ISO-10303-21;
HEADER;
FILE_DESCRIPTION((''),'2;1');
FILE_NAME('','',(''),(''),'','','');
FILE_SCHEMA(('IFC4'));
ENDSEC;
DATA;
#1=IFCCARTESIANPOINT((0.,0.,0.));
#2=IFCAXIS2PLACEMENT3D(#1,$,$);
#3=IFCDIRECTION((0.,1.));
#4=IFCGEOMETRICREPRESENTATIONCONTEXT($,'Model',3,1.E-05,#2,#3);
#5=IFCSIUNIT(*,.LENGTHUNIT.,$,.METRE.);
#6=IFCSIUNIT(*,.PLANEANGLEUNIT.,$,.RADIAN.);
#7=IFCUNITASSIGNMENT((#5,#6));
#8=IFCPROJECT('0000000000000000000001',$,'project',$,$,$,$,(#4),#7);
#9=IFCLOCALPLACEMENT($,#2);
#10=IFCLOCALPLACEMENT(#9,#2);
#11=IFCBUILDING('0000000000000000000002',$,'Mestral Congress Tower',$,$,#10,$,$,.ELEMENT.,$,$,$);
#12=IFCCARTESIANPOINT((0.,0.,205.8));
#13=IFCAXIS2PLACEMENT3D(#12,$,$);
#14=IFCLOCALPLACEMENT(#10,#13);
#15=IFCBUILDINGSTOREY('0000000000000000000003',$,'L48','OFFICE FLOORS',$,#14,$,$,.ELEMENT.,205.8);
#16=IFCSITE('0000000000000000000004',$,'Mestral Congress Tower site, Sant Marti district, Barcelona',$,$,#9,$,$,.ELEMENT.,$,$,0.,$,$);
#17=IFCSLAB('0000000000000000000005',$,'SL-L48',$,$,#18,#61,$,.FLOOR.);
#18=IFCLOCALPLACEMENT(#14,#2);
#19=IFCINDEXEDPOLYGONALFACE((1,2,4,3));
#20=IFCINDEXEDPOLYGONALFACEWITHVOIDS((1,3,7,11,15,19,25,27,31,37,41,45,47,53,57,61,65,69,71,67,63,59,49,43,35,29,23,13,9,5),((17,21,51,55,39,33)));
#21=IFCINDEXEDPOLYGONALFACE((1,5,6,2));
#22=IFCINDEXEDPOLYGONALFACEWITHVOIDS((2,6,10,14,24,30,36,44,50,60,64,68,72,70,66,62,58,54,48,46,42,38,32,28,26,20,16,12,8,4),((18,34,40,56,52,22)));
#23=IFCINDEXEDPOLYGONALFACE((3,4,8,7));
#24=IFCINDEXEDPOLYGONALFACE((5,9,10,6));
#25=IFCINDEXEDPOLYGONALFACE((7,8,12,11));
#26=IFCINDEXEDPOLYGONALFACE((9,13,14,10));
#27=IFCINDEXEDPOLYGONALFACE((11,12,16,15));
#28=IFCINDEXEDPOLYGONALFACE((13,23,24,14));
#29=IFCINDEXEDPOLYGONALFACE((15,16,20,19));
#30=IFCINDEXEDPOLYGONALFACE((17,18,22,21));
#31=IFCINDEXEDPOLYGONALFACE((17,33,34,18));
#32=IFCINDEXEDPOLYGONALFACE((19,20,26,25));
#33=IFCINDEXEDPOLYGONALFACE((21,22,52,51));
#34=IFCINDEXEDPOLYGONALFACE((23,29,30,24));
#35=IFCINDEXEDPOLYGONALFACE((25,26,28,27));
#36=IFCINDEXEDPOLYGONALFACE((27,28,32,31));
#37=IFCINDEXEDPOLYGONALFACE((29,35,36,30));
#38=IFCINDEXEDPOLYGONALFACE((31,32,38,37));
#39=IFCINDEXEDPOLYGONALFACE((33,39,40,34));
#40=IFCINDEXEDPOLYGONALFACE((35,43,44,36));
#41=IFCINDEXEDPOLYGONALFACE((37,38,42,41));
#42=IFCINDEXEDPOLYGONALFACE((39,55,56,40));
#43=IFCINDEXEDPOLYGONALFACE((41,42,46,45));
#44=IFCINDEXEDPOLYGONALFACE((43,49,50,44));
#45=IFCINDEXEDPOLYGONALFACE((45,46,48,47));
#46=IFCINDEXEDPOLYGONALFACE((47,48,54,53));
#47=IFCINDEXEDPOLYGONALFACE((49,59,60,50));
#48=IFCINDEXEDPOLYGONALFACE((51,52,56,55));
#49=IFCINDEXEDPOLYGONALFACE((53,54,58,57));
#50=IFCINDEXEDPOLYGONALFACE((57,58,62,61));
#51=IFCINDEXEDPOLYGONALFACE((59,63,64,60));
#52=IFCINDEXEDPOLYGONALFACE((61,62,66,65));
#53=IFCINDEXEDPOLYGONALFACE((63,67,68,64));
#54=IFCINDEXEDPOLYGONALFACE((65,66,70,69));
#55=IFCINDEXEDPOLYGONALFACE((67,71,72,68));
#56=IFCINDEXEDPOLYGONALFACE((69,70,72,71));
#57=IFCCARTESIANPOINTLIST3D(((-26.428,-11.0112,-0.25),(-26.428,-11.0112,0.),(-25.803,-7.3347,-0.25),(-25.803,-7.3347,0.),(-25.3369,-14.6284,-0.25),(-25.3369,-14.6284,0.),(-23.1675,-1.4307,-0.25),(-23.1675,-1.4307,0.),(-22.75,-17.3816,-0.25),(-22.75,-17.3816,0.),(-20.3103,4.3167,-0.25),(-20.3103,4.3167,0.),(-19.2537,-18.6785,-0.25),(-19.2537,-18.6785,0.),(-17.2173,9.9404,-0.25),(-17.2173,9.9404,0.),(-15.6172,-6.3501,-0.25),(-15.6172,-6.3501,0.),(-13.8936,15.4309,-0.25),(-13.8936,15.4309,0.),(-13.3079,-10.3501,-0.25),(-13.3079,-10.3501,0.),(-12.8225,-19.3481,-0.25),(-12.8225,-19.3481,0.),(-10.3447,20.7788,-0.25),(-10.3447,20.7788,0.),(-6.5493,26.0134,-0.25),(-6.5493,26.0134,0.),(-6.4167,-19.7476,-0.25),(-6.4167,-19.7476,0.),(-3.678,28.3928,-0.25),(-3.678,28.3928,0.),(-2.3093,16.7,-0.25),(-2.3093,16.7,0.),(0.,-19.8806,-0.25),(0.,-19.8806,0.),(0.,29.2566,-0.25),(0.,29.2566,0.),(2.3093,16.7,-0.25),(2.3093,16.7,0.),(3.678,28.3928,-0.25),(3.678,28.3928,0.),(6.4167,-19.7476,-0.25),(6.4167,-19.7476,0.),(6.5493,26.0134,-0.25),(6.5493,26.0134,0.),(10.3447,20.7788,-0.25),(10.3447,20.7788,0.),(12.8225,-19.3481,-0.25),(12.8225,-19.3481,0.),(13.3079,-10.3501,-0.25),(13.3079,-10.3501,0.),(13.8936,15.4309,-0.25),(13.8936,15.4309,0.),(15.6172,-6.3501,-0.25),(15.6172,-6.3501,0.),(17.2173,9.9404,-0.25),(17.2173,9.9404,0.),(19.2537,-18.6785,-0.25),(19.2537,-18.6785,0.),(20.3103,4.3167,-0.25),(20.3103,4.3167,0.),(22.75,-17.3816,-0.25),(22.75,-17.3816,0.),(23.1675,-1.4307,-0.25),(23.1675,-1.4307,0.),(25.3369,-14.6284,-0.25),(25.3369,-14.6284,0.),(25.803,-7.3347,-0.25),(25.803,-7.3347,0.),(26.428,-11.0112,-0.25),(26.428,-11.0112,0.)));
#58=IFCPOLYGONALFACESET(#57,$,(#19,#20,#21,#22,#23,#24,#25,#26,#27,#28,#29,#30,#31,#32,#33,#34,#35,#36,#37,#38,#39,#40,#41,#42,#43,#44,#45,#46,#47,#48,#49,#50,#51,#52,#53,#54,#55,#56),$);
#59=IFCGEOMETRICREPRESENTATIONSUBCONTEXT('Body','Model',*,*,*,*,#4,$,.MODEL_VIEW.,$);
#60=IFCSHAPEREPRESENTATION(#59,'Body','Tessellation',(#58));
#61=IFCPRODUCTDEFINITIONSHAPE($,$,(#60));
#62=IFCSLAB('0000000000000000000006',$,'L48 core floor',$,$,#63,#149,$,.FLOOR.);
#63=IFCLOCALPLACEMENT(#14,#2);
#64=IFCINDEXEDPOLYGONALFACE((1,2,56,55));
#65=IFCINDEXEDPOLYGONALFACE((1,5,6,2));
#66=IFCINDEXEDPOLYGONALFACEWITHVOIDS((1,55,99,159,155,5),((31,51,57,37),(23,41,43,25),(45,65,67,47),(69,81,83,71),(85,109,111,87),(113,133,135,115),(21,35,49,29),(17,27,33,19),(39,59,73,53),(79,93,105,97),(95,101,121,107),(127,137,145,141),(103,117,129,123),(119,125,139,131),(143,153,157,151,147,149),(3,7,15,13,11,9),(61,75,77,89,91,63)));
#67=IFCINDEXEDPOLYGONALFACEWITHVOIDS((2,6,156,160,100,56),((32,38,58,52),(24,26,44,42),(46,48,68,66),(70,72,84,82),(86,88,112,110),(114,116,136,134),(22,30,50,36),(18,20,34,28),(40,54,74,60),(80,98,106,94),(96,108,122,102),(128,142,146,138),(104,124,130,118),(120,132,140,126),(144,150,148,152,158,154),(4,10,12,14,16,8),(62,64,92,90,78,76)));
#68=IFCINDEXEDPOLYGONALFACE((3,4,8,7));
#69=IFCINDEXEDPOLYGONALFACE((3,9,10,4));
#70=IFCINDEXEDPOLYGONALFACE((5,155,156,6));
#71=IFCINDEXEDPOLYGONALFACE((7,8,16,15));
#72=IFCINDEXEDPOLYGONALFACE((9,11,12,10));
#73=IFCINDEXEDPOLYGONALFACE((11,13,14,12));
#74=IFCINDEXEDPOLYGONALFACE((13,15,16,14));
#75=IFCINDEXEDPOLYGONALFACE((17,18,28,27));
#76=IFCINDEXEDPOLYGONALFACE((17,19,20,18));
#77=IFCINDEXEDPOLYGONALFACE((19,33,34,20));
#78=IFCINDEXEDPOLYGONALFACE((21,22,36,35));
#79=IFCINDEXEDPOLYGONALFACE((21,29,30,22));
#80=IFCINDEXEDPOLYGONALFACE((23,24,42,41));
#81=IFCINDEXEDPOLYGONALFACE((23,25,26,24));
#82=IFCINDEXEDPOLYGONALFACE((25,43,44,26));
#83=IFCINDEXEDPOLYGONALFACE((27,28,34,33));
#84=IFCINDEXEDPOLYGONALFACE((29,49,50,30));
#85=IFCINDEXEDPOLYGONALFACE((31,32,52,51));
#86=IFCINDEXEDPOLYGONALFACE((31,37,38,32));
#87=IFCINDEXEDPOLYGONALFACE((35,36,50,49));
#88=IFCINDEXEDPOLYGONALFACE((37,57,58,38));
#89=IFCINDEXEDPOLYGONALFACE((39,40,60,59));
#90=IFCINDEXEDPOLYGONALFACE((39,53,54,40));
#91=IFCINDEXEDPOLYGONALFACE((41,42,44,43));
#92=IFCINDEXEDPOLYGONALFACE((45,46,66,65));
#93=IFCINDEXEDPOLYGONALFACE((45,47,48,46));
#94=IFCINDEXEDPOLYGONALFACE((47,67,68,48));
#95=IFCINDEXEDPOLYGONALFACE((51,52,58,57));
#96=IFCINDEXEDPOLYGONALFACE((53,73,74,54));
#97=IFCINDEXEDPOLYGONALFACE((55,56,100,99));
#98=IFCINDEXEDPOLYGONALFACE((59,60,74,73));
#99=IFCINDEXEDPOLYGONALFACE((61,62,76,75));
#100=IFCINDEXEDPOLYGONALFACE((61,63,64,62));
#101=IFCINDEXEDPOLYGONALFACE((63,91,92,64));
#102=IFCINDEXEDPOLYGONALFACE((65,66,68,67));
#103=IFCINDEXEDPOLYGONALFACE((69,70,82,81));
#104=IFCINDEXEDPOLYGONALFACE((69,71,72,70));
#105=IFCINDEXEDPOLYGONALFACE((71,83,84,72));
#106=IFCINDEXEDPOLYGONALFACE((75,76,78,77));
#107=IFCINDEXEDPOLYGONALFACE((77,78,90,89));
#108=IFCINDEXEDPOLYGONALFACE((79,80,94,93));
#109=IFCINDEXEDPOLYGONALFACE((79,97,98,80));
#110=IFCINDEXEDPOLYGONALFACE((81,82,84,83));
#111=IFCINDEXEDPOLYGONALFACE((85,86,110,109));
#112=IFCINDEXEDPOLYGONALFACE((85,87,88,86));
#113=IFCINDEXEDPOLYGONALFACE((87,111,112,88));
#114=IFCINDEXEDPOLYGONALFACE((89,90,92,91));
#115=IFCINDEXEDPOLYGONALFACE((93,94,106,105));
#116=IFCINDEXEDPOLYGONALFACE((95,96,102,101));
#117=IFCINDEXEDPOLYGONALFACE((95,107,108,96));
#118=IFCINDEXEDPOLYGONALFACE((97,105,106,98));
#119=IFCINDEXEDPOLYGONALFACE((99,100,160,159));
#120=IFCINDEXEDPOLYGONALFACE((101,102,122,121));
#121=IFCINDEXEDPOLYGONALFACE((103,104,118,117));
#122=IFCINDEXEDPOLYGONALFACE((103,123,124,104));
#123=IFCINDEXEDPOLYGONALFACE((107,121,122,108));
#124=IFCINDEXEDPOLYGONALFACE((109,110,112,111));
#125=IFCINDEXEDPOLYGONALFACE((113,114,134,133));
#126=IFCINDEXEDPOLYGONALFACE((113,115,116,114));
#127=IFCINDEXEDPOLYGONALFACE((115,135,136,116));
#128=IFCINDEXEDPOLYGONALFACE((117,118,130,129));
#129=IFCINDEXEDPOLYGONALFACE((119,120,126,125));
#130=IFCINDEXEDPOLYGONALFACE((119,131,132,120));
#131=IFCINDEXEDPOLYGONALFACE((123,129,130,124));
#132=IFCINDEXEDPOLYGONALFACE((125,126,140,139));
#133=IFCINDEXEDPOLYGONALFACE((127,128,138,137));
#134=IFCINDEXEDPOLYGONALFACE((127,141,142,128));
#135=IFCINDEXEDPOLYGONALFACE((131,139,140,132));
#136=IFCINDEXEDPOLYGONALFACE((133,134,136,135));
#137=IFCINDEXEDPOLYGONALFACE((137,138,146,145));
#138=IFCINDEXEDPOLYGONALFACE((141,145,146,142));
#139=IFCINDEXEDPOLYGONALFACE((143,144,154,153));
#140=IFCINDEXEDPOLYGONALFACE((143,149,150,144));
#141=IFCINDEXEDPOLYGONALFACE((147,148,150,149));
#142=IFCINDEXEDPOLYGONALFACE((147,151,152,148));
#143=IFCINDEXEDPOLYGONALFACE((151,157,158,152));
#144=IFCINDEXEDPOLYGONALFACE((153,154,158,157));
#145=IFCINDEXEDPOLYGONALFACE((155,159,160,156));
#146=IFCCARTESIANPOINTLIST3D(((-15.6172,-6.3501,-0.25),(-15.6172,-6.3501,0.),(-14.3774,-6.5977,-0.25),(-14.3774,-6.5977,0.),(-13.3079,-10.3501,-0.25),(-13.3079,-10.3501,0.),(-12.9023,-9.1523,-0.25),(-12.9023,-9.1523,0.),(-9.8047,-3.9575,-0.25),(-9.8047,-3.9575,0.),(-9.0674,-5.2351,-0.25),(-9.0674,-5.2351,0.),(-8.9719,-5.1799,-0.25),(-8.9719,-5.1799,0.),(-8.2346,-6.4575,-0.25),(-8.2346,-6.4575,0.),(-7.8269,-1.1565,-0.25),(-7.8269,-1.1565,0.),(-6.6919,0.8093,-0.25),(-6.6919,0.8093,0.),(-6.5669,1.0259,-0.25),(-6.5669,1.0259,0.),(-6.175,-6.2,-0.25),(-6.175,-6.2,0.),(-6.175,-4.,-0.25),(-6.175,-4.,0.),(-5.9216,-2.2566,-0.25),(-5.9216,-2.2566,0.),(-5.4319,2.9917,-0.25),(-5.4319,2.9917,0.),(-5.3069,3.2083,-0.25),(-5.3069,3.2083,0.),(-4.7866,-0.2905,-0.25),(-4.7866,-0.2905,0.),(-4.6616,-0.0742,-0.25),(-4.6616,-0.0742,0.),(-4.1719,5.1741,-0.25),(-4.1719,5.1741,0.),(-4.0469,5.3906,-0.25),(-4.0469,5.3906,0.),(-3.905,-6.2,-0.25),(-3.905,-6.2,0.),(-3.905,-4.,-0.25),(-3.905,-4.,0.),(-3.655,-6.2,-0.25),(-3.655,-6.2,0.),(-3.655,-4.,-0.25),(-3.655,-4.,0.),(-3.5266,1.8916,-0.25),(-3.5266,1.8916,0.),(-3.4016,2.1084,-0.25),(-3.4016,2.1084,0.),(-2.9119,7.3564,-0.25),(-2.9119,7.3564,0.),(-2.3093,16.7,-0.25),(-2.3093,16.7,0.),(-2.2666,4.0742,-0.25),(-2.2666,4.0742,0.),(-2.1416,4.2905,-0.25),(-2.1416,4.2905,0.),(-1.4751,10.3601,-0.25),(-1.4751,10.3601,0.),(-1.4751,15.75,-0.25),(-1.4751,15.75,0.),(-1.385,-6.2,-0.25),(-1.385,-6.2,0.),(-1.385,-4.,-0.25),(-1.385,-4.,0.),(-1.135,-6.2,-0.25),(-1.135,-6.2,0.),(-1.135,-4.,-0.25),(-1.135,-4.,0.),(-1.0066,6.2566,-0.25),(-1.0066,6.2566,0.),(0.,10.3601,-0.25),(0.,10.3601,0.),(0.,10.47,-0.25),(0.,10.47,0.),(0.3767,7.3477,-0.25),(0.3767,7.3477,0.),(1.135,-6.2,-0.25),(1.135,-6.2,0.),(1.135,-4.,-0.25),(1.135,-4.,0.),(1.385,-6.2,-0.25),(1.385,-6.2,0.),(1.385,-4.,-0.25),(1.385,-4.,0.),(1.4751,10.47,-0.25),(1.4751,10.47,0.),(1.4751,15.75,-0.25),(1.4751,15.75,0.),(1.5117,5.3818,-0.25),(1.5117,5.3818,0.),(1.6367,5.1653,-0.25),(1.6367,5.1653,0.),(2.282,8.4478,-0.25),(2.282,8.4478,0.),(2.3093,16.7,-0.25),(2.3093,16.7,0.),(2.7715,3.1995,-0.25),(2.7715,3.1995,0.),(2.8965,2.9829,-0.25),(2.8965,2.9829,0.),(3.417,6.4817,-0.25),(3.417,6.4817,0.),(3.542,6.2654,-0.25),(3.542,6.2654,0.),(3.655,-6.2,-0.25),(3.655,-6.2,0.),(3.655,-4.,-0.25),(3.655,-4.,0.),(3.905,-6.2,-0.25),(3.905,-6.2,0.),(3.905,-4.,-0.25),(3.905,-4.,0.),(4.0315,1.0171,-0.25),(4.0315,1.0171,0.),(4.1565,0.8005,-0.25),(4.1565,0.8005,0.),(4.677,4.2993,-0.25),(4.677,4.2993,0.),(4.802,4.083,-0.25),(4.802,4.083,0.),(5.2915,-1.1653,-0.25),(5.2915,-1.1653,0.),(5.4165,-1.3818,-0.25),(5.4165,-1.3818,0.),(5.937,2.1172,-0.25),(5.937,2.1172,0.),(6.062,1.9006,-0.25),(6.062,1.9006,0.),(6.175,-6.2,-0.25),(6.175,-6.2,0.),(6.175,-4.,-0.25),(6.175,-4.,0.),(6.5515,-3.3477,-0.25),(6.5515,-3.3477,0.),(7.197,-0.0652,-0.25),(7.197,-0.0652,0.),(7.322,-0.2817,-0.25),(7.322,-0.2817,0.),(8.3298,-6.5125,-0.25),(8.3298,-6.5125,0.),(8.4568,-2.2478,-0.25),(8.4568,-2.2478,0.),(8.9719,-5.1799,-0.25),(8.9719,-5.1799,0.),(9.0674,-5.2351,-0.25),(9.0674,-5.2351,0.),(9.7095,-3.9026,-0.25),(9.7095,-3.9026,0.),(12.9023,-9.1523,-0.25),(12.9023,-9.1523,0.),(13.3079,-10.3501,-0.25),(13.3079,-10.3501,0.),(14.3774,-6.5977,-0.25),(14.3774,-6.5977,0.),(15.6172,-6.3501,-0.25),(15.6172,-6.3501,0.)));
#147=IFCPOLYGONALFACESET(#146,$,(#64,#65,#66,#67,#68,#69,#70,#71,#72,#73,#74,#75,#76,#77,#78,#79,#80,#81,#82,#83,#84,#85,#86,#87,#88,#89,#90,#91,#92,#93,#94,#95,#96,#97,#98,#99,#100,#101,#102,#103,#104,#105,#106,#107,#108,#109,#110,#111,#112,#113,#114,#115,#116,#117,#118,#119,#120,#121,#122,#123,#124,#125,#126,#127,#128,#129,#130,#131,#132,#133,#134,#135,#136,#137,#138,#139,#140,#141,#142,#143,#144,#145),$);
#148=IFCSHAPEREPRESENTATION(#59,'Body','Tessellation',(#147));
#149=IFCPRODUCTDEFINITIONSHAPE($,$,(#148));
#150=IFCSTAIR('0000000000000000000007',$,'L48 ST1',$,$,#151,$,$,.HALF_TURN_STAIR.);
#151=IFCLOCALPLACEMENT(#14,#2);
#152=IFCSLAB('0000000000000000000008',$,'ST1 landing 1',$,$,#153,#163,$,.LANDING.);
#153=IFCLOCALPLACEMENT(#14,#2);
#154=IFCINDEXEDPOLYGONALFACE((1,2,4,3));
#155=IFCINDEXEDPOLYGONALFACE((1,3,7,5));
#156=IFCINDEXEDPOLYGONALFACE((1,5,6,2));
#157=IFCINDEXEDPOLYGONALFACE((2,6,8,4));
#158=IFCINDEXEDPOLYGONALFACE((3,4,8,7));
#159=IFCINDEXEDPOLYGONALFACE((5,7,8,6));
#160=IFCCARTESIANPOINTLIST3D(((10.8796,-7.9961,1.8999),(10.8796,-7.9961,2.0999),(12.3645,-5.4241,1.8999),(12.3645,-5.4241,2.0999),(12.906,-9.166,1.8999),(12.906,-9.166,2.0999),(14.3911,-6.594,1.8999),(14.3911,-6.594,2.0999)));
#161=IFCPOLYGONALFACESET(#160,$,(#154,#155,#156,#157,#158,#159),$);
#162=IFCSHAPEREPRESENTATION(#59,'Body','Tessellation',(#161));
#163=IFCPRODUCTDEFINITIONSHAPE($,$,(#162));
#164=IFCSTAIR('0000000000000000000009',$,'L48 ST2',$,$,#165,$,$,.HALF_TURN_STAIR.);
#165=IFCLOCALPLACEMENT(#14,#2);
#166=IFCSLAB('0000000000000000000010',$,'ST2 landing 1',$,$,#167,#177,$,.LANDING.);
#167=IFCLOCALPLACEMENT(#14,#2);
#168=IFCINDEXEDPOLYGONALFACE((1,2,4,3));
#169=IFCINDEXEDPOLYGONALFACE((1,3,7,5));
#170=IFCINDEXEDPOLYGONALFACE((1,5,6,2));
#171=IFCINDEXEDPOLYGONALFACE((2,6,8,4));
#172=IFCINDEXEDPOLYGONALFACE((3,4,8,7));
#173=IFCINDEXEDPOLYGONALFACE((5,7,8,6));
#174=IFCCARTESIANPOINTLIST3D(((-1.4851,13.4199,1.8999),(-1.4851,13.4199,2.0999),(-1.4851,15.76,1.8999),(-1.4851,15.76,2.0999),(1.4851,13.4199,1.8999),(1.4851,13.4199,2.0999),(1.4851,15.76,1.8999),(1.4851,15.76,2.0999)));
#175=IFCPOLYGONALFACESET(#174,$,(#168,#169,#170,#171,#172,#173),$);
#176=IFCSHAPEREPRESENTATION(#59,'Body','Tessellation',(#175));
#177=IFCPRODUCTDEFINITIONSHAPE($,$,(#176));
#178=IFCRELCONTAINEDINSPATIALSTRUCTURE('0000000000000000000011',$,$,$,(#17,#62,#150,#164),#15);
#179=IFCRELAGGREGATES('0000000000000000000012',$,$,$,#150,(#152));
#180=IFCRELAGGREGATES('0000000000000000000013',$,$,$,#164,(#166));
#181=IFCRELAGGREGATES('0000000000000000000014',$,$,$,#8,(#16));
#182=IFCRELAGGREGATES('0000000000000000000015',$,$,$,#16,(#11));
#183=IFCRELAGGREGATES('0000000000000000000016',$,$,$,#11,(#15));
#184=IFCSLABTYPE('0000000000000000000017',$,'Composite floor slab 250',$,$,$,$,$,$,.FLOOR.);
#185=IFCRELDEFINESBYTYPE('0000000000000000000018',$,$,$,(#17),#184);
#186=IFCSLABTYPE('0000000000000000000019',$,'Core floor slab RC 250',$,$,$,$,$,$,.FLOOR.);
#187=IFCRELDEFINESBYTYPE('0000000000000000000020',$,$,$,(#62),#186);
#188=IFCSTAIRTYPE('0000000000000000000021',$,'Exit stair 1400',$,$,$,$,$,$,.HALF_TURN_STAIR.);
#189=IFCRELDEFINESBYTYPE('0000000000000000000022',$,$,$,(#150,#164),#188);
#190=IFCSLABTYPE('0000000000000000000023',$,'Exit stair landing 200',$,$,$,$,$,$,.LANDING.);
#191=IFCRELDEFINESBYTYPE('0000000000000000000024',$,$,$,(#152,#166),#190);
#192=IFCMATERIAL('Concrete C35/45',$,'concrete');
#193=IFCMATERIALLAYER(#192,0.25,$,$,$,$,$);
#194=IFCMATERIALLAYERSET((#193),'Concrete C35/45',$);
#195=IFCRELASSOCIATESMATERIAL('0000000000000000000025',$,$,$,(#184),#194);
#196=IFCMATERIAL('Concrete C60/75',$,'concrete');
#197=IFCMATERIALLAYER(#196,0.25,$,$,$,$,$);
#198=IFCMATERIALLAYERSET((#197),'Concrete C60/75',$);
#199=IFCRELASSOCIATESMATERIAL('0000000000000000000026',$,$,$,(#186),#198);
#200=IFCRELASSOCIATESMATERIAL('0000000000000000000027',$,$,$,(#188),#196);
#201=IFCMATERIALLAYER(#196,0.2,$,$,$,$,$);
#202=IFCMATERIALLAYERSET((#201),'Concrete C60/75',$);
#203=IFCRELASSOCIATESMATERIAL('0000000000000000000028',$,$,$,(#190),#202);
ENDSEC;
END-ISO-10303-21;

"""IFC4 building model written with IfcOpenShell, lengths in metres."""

from ifc_helpers import new_model, si_unit, direction, frame, origin, place, context, subcontext, project, spatial, polyline, outline, extrude, material, layer, layer_set, type_object, element, aggregate, save


model = new_model("IFC4")

# Units and contexts
model_context = context("Model", 3, precision=1e-05, world=origin(), true_north=direction((0.0, 1.0)))
body_context = subcontext(model_context, "Body", "Model", "MODEL_VIEW")
ifc_project = project(units=[si_unit("LENGTHUNIT", "METRE"), si_unit("PLANEANGLEUNIT", "RADIAN")], contexts=[model_context])

# Site, building, storey
site_placement = place(None, origin())
site = spatial("IfcSite", under=ifc_project, at=site_placement, Name="Mestral Congress Tower site, Sant Marti district, Barcelona", CompositionType="ELEMENT", RefElevation=0.0)
building_placement = place(site_placement, origin())
building = spatial("IfcBuilding", under=site, at=building_placement, Name="Mestral Congress Tower", CompositionType="ELEMENT")
storey_placement = place(building_placement, frame((0.0, 0.0, 205.8)))
storey = spatial("IfcBuildingStorey", under=building, at=storey_placement, Name="L48", Description="OFFICE FLOORS", CompositionType="ELEMENT", Elevation=205.8)

# Slabs
ifc_material_1 = material(Name="Concrete C35/45", Category="concrete")
ifc_layer_1 = layer(ifc_material_1, 0.25)
ifc_layer_set_1 = layer_set([ifc_layer_1], Name="Concrete C35/45")
slab_type_1 = type_object("IfcSlabType", Name="Composite floor slab 250", PredefinedType="FLOOR", material=ifc_layer_set_1)
placement_1 = place(storey_placement, frame((0.0, 0.0, -0.25)))
element("IfcSlab", 1, at=placement_1, inside=storey, type_object=slab_type_1, Name="SL-L48", PredefinedType="FLOOR", context=body_context, shape_type="SweptSolid", body=[
    extrude(outline(polyline([(-19.2537, -18.6785), (-22.75, -17.3816), (-25.3369, -14.6284), (-26.428, -11.0112), (-25.803, -7.3347), (-23.1675, -1.4307), (-20.3103, 4.3167), (-17.2173, 9.9404), (-13.8936, 15.4309), (-10.3447, 20.7788), (-6.5493, 26.0134), (-3.678, 28.3928), (0.0, 29.2566), (3.678, 28.3928), (6.5493, 26.0134), (10.3447, 20.7788), (13.8936, 15.4309), (17.2173, 9.9404), (20.3103, 4.3167), (23.1675, -1.4307), (25.803, -7.3347), (26.428, -11.0112), (25.3369, -14.6284), (22.75, -17.3816), (19.2537, -18.6785), (12.8225, -19.3481), (6.4167, -19.7476), (0.0, -19.8806), (-6.4167, -19.7476), (-12.8225, -19.3481), (-19.2537, -18.6785)]), holes=[polyline([(-2.3093, 16.7), (-15.6172, -6.3501), (-13.3079, -10.3501), (13.3079, -10.3501), (15.6172, -6.3501), (2.3093, 16.7), (-2.3093, 16.7)])]), origin(), (0.0, 0.0, 1.0), 0.25),
])
ifc_material_2 = material(Name="Concrete C60/75", Category="concrete")
ifc_layer_2 = layer(ifc_material_2, 0.25)
ifc_layer_set_2 = layer_set([ifc_layer_2], Name="Concrete C60/75")
slab_type_2 = type_object("IfcSlabType", Name="Core floor slab RC 250", PredefinedType="FLOOR", material=ifc_layer_set_2)
element("IfcSlab", 2, at=placement_1, inside=storey, type_object=slab_type_2, Name="L48 core floor", PredefinedType="FLOOR", context=body_context, shape_type="SweptSolid", body=[
    extrude(outline(polyline([(13.3079, -10.3501), (-13.3079, -10.3501), (-15.6172, -6.3501), (-2.3093, 16.7), (2.3093, 16.7), (15.6172, -6.3501), (13.3079, -10.3501)]), holes=[polyline([(-9.8047, -3.9575), (-14.3774, -6.5977), (-12.9023, -9.1523), (-8.2346, -6.4575), (-8.9719, -5.1799), (-9.0674, -5.2351), (-9.8047, -3.9575)]), polyline([(-3.905, -4.0), (-6.175, -4.0), (-6.175, -6.2), (-3.905, -6.2), (-3.905, -4.0)]), polyline([(-1.385, -4.0), (-3.655, -4.0), (-3.655, -6.2), (-1.385, -6.2), (-1.385, -4.0)]), polyline([(1.135, -4.0), (-1.135, -4.0), (-1.135, -6.2), (1.135, -6.2), (1.135, -4.0)]), polyline([(-5.9216, -2.2566), (-4.7866, -0.2905), (-6.6919, 0.8093), (-7.8269, -1.1565), (-5.9216, -2.2566)]), polyline([(-4.6616, -0.0742), (-3.5266, 1.8916), (-5.4319, 2.9917), (-6.5669, 1.0259), (-4.6616, -0.0742)]), polyline([(-3.4016, 2.1084), (-2.2666, 4.0742), (-4.1719, 5.1741), (-5.3069, 3.2083), (-3.4016, 2.1084)]), polyline([(-2.1416, 4.2905), (-1.0066, 6.2566), (-2.9119, 7.3564), (-4.0469, 5.3906), (-2.1416, 4.2905)]), polyline([(1.4751, 10.47), (1.4751, 15.75), (-1.4751, 15.75), (-1.4751, 10.3601), (0.0, 10.3601), (0.0, 10.47), (1.4751, 10.47)]), polyline([(8.3298, -6.5125), (12.9023, -9.1523), (14.3774, -6.5977), (9.7095, -3.9026), (8.9719, -5.1799), (9.0674, -5.2351), (8.3298, -6.5125)]), polyline([(3.655, -4.0), (1.385, -4.0), (1.385, -6.2), (3.655, -6.2), (3.655, -4.0)]), polyline([(6.175, -4.0), (3.905, -4.0), (3.905, -6.2), (6.175, -6.2), (6.175, -4.0)]), polyline([(5.4165, -1.3818), (6.5515, -3.3477), (8.4568, -2.2478), (7.322, -0.2817), (5.4165, -1.3818)]), polyline([(4.1565, 0.8005), (5.2915, -1.1653), (7.197, -0.0652), (6.062, 1.9006), (4.1565, 0.8005)]), polyline([(2.8965, 2.9829), (4.0315, 1.0171), (5.937, 2.1172), (4.802, 4.083), (2.8965, 2.9829)]), polyline([(3.542, 6.2654), (1.6367, 5.1653), (2.7715, 3.1995), (4.677, 4.2993), (3.542, 6.2654)]), polyline([(2.282, 8.4478), (0.3767, 7.3477), (1.5117, 5.3818), (3.417, 6.4817), (2.282, 8.4478)])]), origin(), (0.0, 0.0, 1.0), 0.25),
])

# Stairs, slabs
stair_type = type_object("IfcStairType", Name="Exit stair 1400", PredefinedType="HALF_TURN_STAIR", material=ifc_material_2)
placement_2 = place(storey_placement, origin())
stair_1 = element("IfcStair", 3, at=placement_2, inside=storey, type_object=stair_type, Name="L48 ST1", PredefinedType="HALF_TURN_STAIR")
ifc_layer_3 = layer(ifc_material_2, 0.2)
ifc_layer_set_3 = layer_set([ifc_layer_3], Name="Concrete C60/75")
slab_type_3 = type_object("IfcSlabType", Name="Exit stair landing 200", PredefinedType="LANDING", material=ifc_layer_set_3)
placement_3 = place(storey_placement, frame((0.0, 0.0, 1.8999)))
slab_1 = element("IfcSlab", 4, at=placement_3, type_object=slab_type_3, Name="ST1 landing 1", PredefinedType="LANDING", context=body_context, shape_type="SweptSolid", body=[
    extrude(outline(polyline([(10.8796, -7.9961), (12.3645, -5.4241), (14.3911, -6.594), (12.906, -9.166), (10.8796, -7.9961)])), origin(), (0.0, 0.0, 1.0), 0.2),
])
aggregate(stair_1, [slab_1])
stair_2 = element("IfcStair", 5, at=placement_2, inside=storey, type_object=stair_type, Name="L48 ST2", PredefinedType="HALF_TURN_STAIR")
slab_2 = element("IfcSlab", 6, at=placement_3, type_object=slab_type_3, Name="ST2 landing 1", PredefinedType="LANDING", context=body_context, shape_type="SweptSolid", body=[
    extrude(outline(polyline([(1.4851, 13.4199), (-1.4851, 13.4199), (-1.4851, 15.76), (1.4851, 15.76), (1.4851, 13.4199)])), origin(), (0.0, 0.0, 1.0), 0.2),
])
aggregate(stair_2, [slab_2])

save(model, "model.ifc")
